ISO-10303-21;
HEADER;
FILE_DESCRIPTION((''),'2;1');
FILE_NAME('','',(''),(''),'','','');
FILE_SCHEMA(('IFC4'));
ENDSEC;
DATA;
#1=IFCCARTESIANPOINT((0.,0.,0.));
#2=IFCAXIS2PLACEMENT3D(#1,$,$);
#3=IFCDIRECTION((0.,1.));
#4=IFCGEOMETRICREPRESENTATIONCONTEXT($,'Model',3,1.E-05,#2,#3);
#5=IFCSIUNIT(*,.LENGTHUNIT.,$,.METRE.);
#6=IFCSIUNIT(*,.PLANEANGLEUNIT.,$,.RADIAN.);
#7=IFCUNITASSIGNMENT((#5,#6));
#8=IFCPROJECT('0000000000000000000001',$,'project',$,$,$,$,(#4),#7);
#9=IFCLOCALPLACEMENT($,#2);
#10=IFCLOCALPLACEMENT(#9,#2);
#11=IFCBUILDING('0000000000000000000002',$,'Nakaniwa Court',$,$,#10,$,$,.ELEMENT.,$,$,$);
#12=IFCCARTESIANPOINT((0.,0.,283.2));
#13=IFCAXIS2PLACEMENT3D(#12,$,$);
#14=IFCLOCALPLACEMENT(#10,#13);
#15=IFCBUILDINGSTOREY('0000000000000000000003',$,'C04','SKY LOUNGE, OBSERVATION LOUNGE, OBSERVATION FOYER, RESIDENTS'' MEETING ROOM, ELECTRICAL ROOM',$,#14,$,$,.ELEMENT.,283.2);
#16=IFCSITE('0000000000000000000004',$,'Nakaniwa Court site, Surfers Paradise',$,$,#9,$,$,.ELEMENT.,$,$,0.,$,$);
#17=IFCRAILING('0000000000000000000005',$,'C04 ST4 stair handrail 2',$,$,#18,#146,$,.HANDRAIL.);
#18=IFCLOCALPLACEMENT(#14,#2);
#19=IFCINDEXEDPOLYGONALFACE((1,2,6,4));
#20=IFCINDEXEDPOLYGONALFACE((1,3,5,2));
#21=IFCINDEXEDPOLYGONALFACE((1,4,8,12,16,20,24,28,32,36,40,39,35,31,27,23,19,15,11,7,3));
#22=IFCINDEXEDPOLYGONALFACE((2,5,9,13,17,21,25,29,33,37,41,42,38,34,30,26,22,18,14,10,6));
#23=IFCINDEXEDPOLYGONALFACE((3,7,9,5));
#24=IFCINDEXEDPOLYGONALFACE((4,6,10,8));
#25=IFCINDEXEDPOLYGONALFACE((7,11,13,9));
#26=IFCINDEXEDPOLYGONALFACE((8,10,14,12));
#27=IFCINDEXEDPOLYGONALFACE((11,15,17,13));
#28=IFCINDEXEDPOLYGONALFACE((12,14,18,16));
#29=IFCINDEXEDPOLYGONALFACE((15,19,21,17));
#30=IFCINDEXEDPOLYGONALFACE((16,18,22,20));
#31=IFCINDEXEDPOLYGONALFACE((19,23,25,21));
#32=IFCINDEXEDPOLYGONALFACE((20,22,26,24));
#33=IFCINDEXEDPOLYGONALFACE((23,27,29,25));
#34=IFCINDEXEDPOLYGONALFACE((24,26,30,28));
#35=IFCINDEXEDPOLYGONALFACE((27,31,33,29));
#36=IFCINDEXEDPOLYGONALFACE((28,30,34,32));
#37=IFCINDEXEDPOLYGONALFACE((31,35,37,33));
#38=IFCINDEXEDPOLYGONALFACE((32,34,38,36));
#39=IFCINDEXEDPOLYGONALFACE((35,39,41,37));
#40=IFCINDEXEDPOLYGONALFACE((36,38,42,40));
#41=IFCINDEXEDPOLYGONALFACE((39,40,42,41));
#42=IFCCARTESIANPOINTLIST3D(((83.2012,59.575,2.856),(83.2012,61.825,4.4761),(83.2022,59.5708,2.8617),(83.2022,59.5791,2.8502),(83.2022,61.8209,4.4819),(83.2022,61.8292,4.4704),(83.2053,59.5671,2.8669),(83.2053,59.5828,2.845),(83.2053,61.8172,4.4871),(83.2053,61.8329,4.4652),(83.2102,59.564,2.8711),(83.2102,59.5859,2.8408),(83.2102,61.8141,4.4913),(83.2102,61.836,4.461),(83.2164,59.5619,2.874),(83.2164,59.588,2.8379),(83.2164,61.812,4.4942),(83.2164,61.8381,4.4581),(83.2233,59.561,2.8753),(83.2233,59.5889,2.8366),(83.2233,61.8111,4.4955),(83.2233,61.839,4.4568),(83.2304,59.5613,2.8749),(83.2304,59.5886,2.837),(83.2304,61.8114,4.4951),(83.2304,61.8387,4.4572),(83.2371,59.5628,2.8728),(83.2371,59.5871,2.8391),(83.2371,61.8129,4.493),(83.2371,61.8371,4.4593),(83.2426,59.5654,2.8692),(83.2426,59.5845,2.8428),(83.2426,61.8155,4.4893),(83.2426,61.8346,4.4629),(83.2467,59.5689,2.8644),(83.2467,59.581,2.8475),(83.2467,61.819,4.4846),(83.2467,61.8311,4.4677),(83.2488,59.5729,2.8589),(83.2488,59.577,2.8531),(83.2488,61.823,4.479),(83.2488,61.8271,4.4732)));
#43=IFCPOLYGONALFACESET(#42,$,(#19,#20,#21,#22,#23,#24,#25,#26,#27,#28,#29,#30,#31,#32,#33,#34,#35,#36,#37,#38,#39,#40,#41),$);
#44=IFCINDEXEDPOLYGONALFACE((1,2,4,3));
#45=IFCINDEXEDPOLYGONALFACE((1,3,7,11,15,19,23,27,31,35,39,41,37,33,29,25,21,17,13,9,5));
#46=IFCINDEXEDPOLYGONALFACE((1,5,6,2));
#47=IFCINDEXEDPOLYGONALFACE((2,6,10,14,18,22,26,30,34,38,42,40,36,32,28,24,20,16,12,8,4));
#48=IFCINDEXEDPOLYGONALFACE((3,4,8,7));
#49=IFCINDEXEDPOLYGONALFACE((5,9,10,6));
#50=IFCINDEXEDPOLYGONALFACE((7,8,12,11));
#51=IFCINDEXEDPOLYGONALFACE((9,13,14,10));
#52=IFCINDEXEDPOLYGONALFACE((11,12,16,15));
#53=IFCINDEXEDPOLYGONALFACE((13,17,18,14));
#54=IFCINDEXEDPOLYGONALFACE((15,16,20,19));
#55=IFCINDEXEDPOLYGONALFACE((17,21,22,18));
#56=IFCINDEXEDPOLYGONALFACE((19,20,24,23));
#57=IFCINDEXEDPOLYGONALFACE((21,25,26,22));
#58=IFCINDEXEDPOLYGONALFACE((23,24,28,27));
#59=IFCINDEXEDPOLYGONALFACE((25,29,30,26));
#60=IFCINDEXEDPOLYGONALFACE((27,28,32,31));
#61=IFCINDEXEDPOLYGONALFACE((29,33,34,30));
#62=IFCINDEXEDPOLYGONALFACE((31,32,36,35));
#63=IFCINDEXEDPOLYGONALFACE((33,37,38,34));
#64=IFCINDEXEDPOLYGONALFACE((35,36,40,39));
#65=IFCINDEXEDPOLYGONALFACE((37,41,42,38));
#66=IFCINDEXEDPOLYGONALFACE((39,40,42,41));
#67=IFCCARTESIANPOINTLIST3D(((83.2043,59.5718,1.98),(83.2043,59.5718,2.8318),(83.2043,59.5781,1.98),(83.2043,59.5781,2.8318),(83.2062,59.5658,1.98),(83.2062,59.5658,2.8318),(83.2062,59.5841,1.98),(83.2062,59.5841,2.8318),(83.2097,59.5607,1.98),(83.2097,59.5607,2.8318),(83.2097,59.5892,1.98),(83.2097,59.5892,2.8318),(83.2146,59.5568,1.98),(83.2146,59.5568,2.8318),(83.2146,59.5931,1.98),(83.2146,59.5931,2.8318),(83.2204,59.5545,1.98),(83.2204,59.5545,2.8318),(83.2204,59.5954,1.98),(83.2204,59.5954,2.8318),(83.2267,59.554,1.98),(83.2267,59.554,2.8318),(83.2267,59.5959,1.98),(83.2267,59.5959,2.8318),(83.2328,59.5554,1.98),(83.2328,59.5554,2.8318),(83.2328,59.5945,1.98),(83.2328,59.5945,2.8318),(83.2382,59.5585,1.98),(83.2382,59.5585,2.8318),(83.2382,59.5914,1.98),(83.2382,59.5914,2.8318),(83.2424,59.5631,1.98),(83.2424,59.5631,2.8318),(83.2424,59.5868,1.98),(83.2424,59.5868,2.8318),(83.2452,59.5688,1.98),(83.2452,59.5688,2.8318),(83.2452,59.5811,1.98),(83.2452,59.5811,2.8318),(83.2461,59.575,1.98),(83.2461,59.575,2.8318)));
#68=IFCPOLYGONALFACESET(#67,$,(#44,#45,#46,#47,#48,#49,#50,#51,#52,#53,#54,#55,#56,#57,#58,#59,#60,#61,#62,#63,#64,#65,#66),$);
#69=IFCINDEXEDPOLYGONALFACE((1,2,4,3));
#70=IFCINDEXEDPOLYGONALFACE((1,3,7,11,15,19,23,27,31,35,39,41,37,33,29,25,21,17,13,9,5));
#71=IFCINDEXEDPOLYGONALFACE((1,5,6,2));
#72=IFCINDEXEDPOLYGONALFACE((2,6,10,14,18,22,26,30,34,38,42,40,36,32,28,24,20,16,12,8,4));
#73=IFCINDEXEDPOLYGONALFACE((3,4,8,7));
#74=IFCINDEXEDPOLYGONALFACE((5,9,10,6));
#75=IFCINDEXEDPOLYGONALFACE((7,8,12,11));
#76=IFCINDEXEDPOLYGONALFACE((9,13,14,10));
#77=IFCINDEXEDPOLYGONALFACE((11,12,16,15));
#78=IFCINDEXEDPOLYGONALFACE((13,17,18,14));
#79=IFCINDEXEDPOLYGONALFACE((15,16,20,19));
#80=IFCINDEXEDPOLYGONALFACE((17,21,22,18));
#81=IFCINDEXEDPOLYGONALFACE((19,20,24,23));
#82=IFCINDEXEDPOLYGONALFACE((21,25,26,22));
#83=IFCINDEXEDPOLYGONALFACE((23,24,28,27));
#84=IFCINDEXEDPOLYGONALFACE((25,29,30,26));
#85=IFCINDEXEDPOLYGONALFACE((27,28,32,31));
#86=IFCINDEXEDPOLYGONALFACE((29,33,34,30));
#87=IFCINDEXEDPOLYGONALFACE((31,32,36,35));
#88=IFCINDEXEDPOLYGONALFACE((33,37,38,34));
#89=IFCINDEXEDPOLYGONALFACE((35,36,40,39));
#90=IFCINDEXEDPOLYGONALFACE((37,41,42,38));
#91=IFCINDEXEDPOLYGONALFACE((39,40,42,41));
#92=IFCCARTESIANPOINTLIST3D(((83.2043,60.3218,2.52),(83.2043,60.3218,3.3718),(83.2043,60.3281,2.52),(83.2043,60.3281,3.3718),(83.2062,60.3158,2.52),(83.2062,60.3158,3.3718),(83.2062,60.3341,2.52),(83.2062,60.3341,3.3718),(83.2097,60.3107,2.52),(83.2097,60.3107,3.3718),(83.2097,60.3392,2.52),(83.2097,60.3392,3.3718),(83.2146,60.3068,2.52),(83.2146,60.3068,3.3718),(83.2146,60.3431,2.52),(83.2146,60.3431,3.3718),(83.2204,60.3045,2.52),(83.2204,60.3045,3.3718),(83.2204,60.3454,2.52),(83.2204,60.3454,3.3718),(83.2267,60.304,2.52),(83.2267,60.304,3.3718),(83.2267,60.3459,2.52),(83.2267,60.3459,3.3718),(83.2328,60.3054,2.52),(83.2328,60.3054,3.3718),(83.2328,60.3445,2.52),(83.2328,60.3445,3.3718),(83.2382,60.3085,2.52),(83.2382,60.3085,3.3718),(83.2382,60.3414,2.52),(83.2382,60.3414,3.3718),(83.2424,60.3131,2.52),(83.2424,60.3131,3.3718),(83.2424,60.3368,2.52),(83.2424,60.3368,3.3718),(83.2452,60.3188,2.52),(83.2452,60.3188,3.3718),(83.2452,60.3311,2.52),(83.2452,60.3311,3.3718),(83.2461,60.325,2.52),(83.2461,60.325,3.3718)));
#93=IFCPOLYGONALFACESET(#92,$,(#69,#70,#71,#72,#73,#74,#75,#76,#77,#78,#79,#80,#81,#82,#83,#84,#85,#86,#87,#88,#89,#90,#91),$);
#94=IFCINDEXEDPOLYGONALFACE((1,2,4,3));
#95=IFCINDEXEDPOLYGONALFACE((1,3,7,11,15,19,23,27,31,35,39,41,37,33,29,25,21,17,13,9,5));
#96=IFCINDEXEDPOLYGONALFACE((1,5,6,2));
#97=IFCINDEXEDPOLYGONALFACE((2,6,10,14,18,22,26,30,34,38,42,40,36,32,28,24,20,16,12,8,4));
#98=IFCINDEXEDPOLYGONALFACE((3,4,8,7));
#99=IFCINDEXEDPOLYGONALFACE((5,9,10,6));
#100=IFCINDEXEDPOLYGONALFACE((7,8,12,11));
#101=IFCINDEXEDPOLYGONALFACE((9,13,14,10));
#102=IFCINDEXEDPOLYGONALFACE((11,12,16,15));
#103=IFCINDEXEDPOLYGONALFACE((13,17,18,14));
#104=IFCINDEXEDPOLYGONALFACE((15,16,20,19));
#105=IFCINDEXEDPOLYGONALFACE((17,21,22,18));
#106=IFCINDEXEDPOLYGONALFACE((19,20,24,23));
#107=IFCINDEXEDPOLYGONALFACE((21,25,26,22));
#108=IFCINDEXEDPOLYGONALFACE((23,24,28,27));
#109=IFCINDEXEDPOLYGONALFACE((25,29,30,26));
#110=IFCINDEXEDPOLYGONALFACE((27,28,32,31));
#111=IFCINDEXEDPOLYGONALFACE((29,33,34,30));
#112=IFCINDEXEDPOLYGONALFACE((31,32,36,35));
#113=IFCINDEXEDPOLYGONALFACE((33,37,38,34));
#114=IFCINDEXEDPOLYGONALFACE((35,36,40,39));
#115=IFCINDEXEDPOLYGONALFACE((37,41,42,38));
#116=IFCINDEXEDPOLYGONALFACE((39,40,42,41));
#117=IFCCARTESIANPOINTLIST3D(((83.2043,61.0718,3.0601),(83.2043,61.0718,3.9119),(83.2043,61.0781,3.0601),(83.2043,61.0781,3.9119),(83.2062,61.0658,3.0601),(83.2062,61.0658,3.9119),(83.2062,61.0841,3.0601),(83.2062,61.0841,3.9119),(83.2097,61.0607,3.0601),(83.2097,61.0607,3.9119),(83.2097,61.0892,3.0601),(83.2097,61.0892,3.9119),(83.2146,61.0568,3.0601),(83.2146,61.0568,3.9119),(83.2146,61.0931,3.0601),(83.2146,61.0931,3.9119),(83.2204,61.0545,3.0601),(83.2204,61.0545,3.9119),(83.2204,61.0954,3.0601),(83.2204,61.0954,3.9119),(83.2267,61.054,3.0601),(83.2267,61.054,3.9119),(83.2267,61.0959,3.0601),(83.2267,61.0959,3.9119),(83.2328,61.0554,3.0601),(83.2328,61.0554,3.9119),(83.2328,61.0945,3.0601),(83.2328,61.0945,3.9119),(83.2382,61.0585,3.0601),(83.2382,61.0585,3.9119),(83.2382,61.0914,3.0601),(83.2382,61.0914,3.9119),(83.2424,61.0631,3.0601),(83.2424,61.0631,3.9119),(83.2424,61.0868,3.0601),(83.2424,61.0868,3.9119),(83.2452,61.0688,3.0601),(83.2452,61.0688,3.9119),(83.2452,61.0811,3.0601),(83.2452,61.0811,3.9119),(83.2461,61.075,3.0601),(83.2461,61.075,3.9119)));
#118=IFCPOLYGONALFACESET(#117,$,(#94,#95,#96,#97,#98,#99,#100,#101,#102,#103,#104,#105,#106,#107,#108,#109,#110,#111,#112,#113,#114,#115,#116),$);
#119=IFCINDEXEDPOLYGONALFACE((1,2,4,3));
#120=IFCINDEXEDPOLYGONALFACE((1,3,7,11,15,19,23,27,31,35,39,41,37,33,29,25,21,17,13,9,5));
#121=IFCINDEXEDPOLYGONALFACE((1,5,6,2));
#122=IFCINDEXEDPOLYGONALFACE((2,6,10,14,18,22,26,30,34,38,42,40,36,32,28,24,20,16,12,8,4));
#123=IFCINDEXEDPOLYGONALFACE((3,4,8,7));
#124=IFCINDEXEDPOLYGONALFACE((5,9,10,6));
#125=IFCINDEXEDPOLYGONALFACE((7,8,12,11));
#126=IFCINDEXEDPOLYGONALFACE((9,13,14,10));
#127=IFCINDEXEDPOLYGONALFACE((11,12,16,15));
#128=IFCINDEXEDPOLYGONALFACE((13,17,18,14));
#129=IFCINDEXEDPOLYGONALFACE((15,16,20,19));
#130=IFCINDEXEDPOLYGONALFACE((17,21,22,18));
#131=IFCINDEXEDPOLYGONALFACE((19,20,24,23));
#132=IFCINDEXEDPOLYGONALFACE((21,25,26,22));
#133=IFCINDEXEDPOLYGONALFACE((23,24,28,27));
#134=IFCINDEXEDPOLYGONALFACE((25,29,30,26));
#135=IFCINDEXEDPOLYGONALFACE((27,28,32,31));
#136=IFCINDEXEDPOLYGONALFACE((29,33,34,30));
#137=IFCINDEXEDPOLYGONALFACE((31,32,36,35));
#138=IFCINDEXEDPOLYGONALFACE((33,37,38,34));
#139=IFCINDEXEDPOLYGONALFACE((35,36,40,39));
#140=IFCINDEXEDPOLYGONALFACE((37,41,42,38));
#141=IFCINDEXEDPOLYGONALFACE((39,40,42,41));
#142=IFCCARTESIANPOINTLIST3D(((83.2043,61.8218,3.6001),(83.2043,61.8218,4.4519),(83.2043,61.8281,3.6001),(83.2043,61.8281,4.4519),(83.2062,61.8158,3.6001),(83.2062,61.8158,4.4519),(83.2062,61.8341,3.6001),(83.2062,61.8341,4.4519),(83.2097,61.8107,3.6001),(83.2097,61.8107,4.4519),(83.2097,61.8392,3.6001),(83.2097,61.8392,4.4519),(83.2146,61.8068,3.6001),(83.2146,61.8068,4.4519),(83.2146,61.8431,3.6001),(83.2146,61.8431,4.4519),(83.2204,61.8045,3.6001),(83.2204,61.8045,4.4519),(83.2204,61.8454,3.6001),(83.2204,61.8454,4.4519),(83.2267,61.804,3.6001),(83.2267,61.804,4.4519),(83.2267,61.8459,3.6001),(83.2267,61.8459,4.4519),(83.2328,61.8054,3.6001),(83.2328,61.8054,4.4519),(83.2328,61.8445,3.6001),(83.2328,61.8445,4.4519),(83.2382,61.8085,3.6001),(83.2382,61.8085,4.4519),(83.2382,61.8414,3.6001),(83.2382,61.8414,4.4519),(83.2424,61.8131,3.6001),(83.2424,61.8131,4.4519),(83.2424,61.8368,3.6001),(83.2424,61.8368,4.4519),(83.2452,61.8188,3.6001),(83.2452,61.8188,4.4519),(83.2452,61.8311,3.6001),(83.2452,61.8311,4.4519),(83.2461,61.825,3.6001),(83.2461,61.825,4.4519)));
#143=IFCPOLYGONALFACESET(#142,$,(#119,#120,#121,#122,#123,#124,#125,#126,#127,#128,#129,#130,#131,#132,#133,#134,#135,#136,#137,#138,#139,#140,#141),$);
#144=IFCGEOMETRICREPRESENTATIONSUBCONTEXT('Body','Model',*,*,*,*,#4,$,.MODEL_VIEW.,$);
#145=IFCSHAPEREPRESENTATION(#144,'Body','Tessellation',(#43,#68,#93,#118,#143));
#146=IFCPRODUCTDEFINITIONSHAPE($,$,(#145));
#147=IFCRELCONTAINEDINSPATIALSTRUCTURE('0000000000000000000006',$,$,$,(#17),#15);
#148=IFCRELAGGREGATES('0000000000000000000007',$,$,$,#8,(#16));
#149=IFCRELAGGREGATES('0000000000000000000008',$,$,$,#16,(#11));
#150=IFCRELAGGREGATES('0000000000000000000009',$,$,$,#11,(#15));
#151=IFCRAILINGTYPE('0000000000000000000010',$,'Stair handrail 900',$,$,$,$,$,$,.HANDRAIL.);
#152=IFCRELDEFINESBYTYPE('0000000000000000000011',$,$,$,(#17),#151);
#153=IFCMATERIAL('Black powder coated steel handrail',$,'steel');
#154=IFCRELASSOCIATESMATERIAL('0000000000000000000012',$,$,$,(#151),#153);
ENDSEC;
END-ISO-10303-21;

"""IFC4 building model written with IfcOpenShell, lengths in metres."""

from ifc_helpers import new_model, si_unit, direction, frame, origin, origin_2d, place, context, subcontext, project, spatial, circle, extrude, material, type_object, element, save


model = new_model("IFC4")

# Units and contexts
model_context = context("Model", 3, precision=1e-05, world=origin(), true_north=direction((0.0, 1.0)))
body_context = subcontext(model_context, "Body", "Model", "MODEL_VIEW")
ifc_project = project(units=[si_unit("LENGTHUNIT", "METRE"), si_unit("PLANEANGLEUNIT", "RADIAN")], contexts=[model_context])

# Site, building, storey
site_placement = place(None, origin())
site = spatial("IfcSite", under=ifc_project, at=site_placement, Name="Nakaniwa Court site, Surfers Paradise", CompositionType="ELEMENT", RefElevation=0.0)
building_placement = place(site_placement, origin())
building = spatial("IfcBuilding", under=site, at=building_placement, Name="Nakaniwa Court", CompositionType="ELEMENT")
storey_placement = place(building_placement, frame((0.0, 0.0, 283.2)))
storey = spatial("IfcBuildingStorey", under=building, at=storey_placement, Name="C04", Description="SKY LOUNGE, OBSERVATION LOUNGE, OBSERVATION FOYER, RESIDENTS' MEETING ROOM, ELECTRICAL ROOM", CompositionType="ELEMENT", Elevation=283.2)

# Railing
ifc_material_1 = material(Name="Black powder coated steel handrail", Category="steel")
railing_type_1 = type_object("IfcRailingType", Name="Stair handrail 900", PredefinedType="HANDRAIL", material=ifc_material_1)
railing_1_placement = place(storey_placement, frame((83.2251, 59.575, 1.98)))
element("IfcRailing", 1, at=railing_1_placement, inside=storey, type_object=railing_type_1, Name="C04 ST4 stair handrail 2", PredefinedType="HANDRAIL", context=body_context, shape_type="SweptSolid", body=[
    extrude(circle(Radius=0.0239, at=origin_2d()), frame((0.0, 0.0, 0.876), z_axis=(0.0, 0.811514, 0.584333), x_axis=(-1.0, 0.0, 0.0)), (0.0, 0.0, 1.0), 2.7727),
    extrude(circle(Radius=0.021, at=origin_2d()), origin(), (0.0, 0.0, 1.0), 0.8518),
    extrude(circle(Radius=0.021, at=origin_2d()), frame((0.0, 0.75, 0.54)), (0.0, 0.0, 1.0), 0.8518),
    extrude(circle(Radius=0.021, at=origin_2d()), frame((0.0, 1.5, 1.0801)), (0.0, 0.0, 1.0), 0.8518),
    extrude(circle(Radius=0.021, at=origin_2d()), frame((0.0, 2.25, 1.6201)), (0.0, 0.0, 1.0), 0.8518),
])

save(model, "model.ifc")
